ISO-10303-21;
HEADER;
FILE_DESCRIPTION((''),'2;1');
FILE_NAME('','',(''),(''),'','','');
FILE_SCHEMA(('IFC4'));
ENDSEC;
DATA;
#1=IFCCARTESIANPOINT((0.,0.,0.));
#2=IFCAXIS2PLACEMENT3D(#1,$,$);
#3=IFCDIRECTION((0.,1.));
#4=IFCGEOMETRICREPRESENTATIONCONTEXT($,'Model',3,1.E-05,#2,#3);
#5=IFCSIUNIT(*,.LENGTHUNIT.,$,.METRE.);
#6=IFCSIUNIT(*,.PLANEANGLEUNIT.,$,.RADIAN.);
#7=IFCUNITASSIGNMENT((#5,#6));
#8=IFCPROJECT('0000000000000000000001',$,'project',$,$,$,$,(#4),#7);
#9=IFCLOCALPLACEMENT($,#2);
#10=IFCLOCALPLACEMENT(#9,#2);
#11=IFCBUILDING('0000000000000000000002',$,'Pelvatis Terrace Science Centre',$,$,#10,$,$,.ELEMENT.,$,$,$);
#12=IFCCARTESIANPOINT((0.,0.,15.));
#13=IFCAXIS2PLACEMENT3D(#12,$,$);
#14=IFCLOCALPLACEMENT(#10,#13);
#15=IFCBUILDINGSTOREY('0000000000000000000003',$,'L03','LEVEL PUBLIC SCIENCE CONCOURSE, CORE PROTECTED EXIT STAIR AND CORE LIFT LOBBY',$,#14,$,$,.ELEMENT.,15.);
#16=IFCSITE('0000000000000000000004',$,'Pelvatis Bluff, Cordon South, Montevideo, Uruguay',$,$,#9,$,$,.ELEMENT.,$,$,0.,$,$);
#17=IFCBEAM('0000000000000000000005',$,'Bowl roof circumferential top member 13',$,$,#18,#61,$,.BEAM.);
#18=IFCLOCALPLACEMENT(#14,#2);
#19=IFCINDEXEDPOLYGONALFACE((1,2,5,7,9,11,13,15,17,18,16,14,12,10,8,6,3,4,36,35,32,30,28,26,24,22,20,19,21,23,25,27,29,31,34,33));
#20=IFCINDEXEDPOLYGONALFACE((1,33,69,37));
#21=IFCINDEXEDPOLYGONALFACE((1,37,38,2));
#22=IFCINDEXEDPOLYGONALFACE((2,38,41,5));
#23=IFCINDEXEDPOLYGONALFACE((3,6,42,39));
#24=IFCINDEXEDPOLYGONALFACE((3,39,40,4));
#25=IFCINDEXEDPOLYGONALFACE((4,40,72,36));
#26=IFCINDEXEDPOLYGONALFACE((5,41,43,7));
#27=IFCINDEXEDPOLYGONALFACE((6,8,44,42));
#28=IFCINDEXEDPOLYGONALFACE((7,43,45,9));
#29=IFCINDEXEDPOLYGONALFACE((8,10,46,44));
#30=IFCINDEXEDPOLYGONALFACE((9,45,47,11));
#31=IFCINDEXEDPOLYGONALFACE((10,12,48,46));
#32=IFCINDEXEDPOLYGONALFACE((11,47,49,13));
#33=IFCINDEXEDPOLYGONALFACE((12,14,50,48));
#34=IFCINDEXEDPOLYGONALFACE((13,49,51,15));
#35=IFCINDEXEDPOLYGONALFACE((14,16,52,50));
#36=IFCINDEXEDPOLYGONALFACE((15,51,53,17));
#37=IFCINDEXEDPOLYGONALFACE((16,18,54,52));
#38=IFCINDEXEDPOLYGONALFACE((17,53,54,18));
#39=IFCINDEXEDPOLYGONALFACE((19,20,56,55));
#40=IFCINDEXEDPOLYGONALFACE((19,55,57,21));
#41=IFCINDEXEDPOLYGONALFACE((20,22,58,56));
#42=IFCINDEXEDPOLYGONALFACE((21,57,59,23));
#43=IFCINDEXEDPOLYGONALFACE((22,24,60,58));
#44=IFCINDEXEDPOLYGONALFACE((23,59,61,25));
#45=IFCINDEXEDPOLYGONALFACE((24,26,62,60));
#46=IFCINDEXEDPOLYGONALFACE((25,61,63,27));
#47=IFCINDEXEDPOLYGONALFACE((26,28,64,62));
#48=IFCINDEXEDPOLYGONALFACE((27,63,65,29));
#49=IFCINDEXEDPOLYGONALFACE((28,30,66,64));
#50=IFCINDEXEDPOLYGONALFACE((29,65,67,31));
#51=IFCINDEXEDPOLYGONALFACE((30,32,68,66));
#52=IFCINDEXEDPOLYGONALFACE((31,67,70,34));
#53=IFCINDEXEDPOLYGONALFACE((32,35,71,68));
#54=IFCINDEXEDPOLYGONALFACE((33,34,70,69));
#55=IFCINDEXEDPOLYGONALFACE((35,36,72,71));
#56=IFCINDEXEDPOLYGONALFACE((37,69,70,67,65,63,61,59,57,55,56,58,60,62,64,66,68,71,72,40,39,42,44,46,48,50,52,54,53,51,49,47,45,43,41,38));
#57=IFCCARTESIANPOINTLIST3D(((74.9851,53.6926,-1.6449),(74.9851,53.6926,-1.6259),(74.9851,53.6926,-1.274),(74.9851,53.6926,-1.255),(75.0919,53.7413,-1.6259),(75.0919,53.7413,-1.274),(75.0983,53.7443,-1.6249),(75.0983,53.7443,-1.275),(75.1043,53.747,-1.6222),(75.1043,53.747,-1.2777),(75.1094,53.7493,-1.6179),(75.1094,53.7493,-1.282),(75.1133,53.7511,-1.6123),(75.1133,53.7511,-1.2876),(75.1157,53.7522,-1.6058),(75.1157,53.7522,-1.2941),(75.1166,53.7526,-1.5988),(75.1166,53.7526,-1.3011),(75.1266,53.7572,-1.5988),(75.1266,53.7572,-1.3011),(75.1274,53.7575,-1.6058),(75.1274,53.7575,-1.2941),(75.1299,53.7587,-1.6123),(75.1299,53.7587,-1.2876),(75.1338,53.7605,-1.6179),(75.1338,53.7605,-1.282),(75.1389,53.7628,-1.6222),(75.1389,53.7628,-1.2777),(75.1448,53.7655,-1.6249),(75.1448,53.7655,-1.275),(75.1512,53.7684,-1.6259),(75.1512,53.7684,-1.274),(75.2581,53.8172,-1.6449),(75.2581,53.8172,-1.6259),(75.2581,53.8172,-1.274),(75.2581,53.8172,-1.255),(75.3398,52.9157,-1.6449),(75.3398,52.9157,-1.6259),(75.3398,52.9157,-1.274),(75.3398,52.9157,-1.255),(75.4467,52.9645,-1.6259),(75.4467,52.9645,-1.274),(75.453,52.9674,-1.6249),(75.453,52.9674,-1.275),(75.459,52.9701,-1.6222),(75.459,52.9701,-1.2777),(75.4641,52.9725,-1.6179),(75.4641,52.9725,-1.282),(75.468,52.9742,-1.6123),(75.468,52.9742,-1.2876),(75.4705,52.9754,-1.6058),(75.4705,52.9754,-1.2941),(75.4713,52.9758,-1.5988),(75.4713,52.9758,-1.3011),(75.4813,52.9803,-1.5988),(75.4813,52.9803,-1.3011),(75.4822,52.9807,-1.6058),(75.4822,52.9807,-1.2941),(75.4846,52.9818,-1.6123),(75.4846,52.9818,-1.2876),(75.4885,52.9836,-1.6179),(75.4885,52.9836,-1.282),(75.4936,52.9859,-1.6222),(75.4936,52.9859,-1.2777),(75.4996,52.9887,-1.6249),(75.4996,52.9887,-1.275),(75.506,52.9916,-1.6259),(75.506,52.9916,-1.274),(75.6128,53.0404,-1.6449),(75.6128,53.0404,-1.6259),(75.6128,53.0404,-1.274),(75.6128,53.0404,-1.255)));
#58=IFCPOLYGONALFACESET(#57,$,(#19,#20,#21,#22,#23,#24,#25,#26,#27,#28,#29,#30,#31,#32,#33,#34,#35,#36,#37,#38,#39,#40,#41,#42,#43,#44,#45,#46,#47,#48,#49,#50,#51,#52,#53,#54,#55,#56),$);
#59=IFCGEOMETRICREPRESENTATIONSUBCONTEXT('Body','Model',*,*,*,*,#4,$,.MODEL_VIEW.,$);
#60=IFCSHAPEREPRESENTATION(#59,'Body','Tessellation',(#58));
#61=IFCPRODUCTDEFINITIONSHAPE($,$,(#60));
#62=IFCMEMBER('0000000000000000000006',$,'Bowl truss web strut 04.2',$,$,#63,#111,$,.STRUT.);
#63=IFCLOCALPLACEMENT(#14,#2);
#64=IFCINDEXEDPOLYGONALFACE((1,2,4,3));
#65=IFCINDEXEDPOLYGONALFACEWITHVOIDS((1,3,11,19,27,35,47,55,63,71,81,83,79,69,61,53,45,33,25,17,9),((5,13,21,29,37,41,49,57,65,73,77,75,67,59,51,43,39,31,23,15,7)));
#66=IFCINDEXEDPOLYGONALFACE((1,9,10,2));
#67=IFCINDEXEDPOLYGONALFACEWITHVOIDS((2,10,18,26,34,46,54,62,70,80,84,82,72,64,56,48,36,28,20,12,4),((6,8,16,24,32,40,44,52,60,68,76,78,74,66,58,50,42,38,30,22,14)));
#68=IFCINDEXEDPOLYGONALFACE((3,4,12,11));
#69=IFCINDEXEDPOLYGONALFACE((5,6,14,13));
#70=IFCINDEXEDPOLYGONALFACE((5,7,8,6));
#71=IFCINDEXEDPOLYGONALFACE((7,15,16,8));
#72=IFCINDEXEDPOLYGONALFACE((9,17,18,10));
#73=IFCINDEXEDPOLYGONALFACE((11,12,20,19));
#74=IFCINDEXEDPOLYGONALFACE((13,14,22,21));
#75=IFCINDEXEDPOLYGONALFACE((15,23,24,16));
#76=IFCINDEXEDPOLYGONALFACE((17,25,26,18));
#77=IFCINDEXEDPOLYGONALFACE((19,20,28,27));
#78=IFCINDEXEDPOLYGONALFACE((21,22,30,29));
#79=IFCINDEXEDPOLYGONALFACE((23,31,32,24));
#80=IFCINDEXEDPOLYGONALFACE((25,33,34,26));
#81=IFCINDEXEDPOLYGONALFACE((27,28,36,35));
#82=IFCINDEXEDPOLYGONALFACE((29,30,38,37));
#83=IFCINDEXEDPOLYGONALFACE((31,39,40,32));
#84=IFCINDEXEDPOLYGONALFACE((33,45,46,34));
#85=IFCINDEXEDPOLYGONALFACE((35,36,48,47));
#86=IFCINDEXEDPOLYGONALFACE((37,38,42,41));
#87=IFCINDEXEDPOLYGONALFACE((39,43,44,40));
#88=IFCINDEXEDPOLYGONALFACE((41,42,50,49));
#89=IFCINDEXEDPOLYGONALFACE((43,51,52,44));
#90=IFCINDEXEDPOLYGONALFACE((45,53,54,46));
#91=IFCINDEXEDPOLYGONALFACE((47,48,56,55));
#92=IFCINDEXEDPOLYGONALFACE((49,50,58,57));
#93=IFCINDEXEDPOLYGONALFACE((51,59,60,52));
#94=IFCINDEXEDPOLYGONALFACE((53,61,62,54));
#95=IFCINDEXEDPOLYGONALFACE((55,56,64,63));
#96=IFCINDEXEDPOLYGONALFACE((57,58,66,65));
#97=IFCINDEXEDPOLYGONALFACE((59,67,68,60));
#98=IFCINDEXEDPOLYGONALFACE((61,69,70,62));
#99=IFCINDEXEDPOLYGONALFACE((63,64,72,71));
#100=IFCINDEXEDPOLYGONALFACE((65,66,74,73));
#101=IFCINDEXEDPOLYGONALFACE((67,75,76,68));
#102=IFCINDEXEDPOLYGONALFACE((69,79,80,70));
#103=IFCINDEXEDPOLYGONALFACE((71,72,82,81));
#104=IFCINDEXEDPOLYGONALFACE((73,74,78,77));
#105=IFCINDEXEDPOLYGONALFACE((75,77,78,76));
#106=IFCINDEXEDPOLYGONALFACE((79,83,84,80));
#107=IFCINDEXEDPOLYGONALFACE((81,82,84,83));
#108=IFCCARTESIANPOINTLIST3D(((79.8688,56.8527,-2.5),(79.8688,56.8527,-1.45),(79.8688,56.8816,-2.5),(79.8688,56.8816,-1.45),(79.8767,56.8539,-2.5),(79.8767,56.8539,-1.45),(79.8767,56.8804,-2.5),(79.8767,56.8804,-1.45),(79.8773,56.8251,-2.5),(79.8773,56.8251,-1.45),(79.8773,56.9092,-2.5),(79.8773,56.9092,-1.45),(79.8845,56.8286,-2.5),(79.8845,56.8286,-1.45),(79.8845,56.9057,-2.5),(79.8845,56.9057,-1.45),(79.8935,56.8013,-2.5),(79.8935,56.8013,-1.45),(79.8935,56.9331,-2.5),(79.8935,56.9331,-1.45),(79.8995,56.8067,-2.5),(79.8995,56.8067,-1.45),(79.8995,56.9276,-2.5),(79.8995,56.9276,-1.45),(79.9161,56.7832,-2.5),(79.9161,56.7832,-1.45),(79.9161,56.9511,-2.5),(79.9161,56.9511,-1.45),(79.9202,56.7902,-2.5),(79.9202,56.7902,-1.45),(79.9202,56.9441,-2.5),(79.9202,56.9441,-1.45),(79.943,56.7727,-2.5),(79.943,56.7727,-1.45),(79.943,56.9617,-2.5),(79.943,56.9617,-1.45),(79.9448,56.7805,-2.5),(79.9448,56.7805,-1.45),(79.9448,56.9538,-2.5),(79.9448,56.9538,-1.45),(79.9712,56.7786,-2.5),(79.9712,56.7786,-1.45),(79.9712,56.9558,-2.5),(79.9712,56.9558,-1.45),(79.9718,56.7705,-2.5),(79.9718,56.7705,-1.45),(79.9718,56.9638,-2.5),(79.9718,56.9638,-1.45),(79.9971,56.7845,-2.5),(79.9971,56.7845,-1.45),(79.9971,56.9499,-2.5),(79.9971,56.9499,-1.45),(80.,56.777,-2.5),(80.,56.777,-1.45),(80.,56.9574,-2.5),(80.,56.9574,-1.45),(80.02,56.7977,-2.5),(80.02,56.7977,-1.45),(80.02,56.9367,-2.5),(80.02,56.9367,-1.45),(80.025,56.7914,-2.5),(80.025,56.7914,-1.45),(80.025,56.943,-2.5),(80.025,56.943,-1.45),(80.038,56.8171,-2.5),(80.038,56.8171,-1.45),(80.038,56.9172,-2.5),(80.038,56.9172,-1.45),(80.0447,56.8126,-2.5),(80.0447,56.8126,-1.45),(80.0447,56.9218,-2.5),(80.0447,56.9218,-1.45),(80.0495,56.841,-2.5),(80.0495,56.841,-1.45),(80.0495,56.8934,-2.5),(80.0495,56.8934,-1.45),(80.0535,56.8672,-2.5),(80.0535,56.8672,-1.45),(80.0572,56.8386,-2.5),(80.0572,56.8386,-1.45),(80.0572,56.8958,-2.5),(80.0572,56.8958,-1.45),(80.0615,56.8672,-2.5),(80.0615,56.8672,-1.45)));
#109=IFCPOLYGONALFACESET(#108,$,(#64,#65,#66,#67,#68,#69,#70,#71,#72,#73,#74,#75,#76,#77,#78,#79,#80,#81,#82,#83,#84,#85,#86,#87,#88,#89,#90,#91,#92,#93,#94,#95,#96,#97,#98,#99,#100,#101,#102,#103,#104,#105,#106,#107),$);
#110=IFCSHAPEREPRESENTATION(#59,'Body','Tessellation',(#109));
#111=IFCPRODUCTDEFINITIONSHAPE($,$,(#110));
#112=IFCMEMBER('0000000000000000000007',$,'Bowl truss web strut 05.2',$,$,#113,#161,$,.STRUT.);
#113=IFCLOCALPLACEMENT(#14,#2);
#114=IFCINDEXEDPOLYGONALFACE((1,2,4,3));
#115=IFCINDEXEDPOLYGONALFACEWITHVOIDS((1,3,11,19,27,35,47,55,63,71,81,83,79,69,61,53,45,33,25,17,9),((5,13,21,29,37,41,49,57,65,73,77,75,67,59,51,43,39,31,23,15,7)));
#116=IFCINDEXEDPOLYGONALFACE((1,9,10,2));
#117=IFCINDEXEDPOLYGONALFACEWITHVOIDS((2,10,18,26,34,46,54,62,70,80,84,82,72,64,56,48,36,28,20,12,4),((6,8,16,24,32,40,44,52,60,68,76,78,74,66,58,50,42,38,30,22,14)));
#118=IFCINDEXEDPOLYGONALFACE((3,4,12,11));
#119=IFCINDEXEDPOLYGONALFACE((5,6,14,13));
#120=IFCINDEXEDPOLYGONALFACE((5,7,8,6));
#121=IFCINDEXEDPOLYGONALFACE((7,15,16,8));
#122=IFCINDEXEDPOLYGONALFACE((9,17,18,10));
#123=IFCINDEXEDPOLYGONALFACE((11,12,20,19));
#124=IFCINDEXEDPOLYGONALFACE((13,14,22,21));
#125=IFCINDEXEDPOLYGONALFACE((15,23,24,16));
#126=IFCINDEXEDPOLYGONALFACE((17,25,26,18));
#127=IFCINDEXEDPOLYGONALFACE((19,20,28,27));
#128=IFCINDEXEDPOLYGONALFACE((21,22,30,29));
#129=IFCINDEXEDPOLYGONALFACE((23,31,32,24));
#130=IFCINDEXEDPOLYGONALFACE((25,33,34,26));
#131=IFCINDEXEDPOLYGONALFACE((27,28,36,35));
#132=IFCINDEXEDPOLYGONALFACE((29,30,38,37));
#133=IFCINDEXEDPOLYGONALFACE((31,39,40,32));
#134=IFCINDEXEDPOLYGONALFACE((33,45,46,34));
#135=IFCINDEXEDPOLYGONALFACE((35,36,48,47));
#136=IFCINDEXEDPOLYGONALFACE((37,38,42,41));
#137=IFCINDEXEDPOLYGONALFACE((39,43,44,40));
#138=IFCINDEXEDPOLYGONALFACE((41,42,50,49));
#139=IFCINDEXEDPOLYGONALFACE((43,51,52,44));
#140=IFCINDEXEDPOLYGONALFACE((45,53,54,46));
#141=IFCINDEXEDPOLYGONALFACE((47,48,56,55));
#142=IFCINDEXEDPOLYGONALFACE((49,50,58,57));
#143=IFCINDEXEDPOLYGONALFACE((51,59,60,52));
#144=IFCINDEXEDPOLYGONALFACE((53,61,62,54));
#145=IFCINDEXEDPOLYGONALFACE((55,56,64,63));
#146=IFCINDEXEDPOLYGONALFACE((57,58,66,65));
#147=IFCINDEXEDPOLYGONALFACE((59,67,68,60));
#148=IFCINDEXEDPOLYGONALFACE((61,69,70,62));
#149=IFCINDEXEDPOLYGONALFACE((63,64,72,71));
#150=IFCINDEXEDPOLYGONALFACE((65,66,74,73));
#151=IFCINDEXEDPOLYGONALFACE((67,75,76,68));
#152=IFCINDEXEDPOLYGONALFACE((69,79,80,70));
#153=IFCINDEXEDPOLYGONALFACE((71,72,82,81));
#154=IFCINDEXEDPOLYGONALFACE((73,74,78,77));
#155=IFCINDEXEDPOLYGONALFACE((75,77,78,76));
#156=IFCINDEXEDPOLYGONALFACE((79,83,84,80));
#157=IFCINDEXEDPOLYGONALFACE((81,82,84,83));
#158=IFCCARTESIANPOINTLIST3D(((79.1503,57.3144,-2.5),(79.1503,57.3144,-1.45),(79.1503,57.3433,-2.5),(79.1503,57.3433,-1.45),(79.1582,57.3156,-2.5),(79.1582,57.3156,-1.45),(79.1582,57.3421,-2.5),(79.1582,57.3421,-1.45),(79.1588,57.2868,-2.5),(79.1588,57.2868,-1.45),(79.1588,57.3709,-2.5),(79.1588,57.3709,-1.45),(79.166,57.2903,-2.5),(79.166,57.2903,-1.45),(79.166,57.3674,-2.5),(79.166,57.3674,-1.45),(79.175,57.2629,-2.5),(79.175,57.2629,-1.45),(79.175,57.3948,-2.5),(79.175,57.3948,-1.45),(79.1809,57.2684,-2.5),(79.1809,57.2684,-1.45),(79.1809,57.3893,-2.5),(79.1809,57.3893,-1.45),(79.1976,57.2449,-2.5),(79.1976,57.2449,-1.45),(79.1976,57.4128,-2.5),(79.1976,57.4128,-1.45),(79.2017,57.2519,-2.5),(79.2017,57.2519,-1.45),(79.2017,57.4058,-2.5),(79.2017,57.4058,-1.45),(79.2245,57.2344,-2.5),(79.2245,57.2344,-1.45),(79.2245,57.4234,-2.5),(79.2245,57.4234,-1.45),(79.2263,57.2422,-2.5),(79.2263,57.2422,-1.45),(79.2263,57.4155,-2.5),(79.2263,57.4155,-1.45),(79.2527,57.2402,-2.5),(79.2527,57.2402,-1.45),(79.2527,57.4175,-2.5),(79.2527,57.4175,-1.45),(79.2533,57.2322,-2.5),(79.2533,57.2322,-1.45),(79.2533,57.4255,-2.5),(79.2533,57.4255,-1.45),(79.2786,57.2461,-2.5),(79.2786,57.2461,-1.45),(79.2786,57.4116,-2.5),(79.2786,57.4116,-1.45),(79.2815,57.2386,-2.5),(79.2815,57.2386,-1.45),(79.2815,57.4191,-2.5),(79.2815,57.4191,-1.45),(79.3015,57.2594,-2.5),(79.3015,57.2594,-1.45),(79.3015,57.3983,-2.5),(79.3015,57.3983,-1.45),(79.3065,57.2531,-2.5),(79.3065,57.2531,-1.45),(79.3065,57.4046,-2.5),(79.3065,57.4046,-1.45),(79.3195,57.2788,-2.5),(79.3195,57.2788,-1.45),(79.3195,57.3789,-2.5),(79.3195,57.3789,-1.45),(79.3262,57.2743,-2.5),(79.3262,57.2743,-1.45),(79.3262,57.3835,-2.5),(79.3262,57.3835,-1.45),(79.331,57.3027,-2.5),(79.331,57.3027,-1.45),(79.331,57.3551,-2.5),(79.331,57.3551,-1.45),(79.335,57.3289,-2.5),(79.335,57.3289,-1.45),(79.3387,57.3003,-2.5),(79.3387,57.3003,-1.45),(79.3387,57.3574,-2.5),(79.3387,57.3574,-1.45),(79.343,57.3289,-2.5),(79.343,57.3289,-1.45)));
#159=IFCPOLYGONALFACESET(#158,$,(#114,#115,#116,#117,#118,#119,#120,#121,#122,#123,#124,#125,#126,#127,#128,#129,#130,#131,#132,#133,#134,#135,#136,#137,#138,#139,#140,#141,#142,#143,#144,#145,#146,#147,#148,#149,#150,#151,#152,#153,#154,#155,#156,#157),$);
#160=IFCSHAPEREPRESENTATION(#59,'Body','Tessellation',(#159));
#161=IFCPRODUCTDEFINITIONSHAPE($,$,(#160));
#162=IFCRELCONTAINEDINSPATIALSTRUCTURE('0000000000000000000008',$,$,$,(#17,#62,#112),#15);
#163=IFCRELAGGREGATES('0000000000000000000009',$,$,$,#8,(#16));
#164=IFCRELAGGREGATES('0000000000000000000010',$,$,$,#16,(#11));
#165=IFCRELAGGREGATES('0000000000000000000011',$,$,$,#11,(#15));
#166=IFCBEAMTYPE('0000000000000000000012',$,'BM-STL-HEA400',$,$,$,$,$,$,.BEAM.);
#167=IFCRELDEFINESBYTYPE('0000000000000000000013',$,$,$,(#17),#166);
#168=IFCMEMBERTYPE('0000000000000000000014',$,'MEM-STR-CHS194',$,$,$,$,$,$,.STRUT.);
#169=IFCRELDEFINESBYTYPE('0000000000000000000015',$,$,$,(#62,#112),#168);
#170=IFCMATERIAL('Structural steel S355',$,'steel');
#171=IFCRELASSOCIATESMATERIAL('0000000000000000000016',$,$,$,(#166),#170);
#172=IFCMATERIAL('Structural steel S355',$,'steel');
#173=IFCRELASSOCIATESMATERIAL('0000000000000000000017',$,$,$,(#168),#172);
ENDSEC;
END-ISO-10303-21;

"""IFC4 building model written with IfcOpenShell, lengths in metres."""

from ifc_helpers import new_model, si_unit, direction, frame, origin, origin_2d, place, context, subcontext, project, spatial, hollow_circle, i_section, extrude, material, material_profile, profile_set, type_object, element, save


model = new_model("IFC4")

# Units and contexts
model_context = context("Model", 3, precision=1e-05, world=origin(), true_north=direction((0.0, 1.0)))
body_context = subcontext(model_context, "Body", "Model", "MODEL_VIEW")
ifc_project = project(units=[si_unit("LENGTHUNIT", "METRE"), si_unit("PLANEANGLEUNIT", "RADIAN")], contexts=[model_context])

# Site, building, storey
site_placement = place(None, origin())
site = spatial("IfcSite", under=ifc_project, at=site_placement, Name="Pelvatis Bluff, Cordon South, Montevideo, Uruguay", CompositionType="ELEMENT", RefElevation=0.0)
building_placement = place(site_placement, origin())
building = spatial("IfcBuilding", under=site, at=building_placement, Name="Pelvatis Terrace Science Centre", CompositionType="ELEMENT")
storey_placement = place(building_placement, frame((0.0, 0.0, 15.0)))
storey = spatial("IfcBuildingStorey", under=building, at=storey_placement, Name="L03", Description="LEVEL PUBLIC SCIENCE CONCOURSE, CORE PROTECTED EXIT STAIR AND CORE LIFT LOBBY", CompositionType="ELEMENT", Elevation=15.0)

# Beam
ifc_material_1 = material(Name="Structural steel S355", Category="steel")
ifc_material_profile_1 = material_profile(ifc_material_1, i_section(OverallWidth=0.3, OverallDepth=0.3899, WebThickness=0.011, FlangeThickness=0.019, FilletRadius=0.0271, at=origin_2d()), Name="HEA 400")
ifc_profile_set_1 = profile_set([ifc_material_profile_1], Name="Structural steel S355")
beam_type_1 = type_object("IfcBeamType", Name="BM-STL-HEA400", PredefinedType="BEAM", material=ifc_profile_set_1)
for number, where, z_axis, x_axis, name in (
    (1, (75.1216, 53.7549, -1.45), (0.415375, -0.90965, 0.0), (0.90965, 0.415375, 0.0), "Bowl roof circumferential top member 13"),
):
    element("IfcBeam", number, at=place(storey_placement, frame(where, z_axis=z_axis, x_axis=x_axis)), inside=storey, type_object=beam_type_1, Name=name, PredefinedType="BEAM", context=body_context, shape_type="SweptSolid", body=[
        extrude(i_section(OverallWidth=0.3, OverallDepth=0.3899, WebThickness=0.011, FlangeThickness=0.019, FilletRadius=0.0271, at=origin_2d()), origin(), (0.0, 0.0, 1.0), 0.854),
    ])

# Members
ifc_material_2 = material(Name="Structural steel S355", Category="steel")
ifc_material_profile_2 = material_profile(ifc_material_2, hollow_circle(Radius=0.0969, WallThickness=0.0081, at=origin_2d()), Name="CHS 193.7x8.0")
ifc_profile_set_2 = profile_set([ifc_material_profile_2], Name="Structural steel S355")
member_type = type_object("IfcMemberType", Name="MEM-STR-CHS194", PredefinedType="STRUT", material=ifc_profile_set_2)
for number, where, z_axis, x_axis, name in (
    (2, (79.9646, 56.8672, -2.5), (0.0, 0.0, 1.0), (1.0, 0.0, 0.0), "Bowl truss web strut 04.2"),
    (3, (79.2461, 57.3289, -2.5), (0.0, 0.0, 1.0), (1.0, 0.0, 0.0), "Bowl truss web strut 05.2"),
):
    element("IfcMember", number, at=place(storey_placement, frame(where, z_axis=z_axis, x_axis=x_axis)), inside=storey, type_object=member_type, Name=name, PredefinedType="STRUT", context=body_context, shape_type="SweptSolid", body=[
        extrude(hollow_circle(Radius=0.0969, WallThickness=0.0081, at=origin_2d()), origin(), (0.0, 0.0, 1.0), 1.05),
    ])

save(model, "model.ifc")
